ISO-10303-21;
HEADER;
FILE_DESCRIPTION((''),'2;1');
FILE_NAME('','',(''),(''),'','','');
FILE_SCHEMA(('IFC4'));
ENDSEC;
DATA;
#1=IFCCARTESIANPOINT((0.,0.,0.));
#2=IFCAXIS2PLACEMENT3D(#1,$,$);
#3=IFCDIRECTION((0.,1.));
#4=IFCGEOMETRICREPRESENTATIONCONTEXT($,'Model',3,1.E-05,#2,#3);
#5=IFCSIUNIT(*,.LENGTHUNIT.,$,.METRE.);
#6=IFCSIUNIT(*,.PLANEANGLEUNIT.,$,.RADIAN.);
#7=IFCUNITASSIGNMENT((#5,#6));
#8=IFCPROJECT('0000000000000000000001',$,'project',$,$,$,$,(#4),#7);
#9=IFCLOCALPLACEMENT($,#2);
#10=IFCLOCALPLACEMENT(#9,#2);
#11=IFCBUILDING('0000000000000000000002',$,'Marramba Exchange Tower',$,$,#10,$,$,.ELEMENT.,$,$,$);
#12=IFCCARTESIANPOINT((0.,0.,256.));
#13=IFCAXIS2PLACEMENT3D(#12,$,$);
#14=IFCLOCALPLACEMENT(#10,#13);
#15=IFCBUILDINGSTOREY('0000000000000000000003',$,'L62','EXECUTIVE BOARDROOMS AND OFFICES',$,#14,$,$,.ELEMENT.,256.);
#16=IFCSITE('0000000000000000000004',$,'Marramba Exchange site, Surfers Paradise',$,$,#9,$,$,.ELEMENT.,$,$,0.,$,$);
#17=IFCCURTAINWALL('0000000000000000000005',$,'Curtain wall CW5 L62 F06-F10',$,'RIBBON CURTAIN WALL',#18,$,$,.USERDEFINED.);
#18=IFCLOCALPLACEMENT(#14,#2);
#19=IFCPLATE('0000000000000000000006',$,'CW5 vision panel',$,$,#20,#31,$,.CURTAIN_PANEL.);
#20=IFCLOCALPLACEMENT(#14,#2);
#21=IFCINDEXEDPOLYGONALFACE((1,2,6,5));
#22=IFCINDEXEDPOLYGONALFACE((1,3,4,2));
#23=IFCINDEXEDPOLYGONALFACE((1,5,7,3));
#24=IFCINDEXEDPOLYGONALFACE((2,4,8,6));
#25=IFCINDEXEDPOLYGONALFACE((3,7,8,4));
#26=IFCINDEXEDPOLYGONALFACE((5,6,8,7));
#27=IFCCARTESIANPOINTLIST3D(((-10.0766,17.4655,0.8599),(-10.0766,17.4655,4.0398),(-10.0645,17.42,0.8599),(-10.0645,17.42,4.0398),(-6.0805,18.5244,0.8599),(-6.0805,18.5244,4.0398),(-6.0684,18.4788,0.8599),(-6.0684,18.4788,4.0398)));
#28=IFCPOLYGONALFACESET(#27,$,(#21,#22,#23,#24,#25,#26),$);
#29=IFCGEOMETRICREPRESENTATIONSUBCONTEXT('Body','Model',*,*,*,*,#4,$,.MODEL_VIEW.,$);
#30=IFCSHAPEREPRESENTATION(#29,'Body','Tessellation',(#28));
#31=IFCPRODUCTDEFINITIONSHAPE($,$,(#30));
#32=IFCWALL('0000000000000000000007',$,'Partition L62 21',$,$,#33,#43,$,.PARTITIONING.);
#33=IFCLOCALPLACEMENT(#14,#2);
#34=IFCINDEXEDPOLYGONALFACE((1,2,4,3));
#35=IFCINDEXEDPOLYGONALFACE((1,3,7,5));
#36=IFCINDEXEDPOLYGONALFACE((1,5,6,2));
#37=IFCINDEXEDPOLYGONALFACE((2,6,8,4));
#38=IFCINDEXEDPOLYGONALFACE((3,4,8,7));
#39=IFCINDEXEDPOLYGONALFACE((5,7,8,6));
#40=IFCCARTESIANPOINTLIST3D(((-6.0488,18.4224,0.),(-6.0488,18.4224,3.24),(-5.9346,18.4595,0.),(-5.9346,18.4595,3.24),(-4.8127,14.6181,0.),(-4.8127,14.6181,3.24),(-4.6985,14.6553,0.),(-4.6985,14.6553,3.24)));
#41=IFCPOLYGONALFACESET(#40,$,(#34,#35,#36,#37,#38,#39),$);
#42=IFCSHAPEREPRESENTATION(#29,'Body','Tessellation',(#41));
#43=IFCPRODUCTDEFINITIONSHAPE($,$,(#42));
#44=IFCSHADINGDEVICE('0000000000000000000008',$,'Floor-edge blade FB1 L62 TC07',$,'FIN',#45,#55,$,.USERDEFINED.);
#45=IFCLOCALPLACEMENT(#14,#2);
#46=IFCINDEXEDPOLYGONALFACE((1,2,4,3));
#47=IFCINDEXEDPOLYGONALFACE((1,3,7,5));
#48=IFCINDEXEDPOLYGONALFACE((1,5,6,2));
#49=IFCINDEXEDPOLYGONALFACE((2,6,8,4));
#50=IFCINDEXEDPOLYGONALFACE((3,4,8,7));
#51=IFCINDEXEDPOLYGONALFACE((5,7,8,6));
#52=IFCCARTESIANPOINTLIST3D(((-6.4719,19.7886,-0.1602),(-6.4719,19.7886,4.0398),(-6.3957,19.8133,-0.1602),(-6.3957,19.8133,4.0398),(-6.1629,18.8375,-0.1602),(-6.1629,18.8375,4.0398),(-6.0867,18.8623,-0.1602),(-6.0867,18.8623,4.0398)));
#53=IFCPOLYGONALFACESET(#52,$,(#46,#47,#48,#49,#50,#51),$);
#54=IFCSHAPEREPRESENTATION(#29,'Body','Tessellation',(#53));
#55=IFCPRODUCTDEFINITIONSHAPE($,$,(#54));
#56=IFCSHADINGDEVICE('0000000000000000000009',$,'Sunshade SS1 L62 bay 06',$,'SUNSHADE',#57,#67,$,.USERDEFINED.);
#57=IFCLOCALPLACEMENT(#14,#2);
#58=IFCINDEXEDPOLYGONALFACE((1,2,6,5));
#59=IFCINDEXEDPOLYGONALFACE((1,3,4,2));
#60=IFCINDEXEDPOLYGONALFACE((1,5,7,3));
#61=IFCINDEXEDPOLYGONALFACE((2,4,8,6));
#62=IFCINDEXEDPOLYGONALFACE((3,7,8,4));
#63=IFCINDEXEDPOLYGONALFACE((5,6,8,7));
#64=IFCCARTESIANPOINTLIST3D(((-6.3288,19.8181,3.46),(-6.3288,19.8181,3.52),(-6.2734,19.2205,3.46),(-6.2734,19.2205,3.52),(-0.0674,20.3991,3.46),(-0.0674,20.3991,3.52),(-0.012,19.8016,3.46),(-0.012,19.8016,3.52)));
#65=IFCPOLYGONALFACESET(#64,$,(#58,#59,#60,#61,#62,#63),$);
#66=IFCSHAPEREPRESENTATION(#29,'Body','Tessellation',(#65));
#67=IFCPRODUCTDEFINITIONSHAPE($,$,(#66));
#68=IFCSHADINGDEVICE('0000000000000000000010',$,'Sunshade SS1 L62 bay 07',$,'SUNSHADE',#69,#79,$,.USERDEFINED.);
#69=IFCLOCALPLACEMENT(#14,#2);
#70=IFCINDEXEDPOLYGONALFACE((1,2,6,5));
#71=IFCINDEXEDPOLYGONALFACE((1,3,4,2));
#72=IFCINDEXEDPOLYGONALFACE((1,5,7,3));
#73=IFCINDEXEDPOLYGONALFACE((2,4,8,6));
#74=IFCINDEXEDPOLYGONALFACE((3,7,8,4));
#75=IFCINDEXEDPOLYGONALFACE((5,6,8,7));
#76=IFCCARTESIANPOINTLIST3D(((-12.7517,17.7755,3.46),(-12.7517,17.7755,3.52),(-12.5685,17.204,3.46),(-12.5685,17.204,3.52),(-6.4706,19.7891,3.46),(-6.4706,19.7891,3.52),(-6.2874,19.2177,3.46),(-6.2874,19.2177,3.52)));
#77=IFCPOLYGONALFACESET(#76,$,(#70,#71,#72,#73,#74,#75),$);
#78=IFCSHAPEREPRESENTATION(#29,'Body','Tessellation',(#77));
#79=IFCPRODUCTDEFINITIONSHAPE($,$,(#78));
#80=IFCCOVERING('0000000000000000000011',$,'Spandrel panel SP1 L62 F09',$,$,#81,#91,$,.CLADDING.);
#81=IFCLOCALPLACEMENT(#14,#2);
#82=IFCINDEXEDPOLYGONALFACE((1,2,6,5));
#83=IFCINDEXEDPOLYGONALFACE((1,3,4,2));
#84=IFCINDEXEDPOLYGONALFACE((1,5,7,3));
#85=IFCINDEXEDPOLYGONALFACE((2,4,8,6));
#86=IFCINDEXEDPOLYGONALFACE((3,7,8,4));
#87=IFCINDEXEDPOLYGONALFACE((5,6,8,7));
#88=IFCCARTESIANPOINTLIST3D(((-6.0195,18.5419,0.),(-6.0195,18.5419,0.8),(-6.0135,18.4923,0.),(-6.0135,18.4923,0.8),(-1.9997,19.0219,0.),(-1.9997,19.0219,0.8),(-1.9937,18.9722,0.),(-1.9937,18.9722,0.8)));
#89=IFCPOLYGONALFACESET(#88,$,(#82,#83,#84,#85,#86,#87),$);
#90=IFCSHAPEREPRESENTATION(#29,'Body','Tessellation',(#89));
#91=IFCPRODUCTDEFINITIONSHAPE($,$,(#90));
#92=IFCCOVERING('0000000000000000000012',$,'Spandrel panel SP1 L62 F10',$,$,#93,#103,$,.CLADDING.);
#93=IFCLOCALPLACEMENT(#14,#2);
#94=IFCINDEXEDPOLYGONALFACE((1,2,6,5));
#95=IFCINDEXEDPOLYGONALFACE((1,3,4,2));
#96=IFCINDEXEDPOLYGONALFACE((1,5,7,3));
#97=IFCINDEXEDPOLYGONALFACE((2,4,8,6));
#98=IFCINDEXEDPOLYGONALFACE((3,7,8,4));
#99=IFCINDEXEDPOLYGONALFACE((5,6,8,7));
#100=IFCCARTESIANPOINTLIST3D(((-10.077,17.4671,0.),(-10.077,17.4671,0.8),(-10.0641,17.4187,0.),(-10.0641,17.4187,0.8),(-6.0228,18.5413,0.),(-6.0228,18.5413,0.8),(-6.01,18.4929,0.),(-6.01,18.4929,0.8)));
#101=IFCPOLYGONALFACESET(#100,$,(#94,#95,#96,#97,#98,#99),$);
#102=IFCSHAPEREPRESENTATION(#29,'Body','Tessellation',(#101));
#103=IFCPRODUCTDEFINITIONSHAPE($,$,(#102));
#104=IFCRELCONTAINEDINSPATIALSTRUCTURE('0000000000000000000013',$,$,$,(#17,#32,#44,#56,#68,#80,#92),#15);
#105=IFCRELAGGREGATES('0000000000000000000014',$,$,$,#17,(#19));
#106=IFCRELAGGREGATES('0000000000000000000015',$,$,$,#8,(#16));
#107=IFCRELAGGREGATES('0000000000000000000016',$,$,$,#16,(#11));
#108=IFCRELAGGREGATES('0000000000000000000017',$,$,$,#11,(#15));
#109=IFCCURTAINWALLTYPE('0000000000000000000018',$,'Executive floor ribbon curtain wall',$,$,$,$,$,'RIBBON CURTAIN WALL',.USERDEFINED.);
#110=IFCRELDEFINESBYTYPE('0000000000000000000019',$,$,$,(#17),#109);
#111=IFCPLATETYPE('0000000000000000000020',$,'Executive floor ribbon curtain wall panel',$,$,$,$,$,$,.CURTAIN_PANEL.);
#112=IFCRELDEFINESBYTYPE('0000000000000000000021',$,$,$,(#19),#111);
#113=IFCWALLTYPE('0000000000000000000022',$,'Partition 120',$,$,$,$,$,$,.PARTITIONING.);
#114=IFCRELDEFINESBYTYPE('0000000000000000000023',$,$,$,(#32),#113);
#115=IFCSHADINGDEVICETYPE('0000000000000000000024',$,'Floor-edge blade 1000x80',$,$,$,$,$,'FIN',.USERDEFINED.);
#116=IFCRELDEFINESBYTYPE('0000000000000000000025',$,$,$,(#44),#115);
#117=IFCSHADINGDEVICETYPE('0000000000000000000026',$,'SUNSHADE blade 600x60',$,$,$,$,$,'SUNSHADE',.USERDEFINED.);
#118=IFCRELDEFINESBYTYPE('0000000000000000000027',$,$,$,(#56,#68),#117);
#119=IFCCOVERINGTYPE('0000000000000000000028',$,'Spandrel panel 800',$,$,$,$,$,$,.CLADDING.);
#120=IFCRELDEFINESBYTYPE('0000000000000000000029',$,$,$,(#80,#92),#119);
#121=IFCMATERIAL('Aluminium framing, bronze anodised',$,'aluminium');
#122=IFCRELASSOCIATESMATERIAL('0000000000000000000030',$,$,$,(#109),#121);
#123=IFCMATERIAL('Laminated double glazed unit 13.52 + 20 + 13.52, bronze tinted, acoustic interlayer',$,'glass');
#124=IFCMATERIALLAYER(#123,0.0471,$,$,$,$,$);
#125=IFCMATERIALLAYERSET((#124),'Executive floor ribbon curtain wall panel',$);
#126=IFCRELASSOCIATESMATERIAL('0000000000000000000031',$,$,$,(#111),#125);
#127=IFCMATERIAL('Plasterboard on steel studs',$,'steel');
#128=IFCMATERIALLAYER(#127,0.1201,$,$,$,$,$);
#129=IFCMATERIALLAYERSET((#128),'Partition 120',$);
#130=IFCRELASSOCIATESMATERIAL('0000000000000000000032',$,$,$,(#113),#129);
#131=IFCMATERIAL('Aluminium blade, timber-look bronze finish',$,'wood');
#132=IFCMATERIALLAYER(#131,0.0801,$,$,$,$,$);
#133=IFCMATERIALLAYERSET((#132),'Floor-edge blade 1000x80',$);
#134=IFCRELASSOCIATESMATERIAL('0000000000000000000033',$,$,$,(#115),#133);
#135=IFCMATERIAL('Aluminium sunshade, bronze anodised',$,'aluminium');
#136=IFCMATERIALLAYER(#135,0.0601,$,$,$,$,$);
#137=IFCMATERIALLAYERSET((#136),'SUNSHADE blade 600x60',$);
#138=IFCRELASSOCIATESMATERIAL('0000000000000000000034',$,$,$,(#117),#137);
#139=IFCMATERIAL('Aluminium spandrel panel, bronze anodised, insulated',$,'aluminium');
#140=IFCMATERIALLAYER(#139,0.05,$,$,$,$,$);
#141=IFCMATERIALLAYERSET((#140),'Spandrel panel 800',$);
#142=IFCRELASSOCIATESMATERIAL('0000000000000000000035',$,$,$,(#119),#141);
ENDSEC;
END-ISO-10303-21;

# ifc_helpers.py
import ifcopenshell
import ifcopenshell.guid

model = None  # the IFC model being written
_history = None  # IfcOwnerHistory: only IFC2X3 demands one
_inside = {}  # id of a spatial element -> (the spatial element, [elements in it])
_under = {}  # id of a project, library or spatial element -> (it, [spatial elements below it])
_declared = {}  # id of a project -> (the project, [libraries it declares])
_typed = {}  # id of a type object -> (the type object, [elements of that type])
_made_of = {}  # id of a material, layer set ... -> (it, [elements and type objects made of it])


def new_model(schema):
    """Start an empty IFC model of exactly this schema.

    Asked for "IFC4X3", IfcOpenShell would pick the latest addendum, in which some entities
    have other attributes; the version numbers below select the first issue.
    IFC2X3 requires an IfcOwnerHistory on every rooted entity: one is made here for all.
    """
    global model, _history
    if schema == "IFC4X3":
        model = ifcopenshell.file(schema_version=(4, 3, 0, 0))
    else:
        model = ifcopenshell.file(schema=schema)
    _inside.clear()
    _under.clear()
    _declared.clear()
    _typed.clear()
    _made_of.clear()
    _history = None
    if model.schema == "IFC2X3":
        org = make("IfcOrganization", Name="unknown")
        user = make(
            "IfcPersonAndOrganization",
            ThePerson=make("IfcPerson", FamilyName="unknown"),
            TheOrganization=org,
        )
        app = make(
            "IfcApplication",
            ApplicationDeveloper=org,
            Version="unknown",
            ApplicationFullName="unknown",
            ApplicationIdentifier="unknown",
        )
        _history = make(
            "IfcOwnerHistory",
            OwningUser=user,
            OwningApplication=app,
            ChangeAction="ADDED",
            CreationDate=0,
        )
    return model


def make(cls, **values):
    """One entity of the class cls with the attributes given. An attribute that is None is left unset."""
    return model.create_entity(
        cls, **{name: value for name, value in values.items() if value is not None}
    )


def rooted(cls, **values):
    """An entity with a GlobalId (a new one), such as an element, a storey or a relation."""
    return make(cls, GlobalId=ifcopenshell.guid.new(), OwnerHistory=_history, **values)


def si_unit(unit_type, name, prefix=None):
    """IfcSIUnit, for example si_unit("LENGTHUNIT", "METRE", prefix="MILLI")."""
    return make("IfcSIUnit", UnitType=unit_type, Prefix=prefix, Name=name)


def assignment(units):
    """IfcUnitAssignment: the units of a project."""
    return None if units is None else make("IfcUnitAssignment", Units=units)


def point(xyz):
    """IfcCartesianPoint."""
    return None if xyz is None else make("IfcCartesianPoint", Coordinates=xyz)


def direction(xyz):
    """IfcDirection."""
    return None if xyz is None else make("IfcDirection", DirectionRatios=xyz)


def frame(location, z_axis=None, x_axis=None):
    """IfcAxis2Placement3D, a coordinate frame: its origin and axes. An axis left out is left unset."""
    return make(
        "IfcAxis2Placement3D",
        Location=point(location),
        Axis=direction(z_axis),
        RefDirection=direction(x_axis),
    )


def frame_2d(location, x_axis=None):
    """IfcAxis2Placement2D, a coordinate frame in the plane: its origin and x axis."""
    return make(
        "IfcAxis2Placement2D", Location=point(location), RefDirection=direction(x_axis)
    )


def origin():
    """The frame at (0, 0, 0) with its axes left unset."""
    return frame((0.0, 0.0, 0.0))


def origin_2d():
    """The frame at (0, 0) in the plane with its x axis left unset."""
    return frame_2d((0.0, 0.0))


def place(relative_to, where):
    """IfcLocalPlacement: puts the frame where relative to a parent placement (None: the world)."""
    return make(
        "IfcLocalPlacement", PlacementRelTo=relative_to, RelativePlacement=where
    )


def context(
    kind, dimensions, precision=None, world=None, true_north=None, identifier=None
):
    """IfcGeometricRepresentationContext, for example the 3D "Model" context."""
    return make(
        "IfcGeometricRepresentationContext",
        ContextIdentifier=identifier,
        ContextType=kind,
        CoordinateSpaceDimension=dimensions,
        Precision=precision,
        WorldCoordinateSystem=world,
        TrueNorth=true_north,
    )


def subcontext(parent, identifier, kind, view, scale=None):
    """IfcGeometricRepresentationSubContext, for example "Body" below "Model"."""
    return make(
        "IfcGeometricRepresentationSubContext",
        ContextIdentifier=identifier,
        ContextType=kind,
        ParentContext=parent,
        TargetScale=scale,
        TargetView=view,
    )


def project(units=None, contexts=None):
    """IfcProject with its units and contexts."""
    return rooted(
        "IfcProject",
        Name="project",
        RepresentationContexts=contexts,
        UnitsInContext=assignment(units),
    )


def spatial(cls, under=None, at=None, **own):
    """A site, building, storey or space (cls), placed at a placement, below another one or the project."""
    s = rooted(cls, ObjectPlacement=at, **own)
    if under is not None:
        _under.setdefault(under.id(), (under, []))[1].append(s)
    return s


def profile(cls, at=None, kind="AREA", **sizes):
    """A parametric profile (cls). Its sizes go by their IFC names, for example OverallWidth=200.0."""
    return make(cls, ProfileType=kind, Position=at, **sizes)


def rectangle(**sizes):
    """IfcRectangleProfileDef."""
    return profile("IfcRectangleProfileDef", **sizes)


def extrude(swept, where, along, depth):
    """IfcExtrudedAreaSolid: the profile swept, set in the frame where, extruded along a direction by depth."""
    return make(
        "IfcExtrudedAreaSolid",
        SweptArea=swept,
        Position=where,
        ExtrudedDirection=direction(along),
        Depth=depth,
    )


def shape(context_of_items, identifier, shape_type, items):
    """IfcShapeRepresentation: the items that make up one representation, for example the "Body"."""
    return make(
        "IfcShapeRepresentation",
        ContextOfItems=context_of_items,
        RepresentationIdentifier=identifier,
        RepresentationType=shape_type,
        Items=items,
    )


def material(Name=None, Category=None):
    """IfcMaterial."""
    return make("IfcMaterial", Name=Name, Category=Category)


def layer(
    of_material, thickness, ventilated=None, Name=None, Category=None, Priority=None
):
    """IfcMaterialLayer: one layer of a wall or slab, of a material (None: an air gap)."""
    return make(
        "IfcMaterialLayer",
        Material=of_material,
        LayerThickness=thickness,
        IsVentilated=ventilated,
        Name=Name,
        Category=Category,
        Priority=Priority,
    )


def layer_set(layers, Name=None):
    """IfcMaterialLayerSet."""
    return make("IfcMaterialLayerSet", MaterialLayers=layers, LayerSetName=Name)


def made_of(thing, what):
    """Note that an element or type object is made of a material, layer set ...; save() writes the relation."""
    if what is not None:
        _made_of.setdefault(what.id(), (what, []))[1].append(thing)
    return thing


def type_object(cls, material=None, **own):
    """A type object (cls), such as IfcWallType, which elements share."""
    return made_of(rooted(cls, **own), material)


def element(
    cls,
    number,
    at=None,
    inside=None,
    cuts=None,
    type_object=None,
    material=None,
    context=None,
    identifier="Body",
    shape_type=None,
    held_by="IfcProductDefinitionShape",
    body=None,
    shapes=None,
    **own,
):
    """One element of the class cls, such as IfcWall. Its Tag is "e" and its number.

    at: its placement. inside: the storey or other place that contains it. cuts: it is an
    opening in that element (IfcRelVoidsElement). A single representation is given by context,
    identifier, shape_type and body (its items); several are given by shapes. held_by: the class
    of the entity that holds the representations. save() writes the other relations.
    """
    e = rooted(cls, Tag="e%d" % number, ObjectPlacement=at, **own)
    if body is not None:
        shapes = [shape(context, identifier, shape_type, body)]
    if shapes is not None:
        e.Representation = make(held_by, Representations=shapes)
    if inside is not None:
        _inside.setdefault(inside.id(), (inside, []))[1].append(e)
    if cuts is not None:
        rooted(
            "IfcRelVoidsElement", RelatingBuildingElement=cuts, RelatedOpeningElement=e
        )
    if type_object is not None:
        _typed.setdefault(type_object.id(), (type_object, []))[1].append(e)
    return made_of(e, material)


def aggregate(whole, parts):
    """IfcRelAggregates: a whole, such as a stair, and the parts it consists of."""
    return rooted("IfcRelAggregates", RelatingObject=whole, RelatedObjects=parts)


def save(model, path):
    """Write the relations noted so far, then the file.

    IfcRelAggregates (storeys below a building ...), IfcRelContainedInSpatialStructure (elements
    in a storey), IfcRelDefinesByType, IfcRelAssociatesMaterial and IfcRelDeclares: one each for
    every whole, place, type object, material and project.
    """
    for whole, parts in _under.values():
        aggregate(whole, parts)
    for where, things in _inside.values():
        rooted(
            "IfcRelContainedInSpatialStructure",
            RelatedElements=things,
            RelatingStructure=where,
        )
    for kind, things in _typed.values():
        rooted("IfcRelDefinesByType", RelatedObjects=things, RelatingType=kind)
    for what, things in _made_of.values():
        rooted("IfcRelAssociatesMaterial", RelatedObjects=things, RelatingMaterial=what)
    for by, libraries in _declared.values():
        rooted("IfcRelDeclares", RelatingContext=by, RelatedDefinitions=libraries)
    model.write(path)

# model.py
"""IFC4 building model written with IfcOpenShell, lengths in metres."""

from ifc_helpers import new_model, si_unit, direction, frame, frame_2d, origin, origin_2d, place, context, subcontext, project, spatial, rectangle, extrude, material, layer, layer_set, type_object, element, aggregate, save


model = new_model("IFC4")

# Units and contexts
model_context = context("Model", 3, precision=1e-05, world=origin(), true_north=direction((0.0, 1.0)))
body_context = subcontext(model_context, "Body", "Model", "MODEL_VIEW")
ifc_project = project(units=[si_unit("LENGTHUNIT", "METRE"), si_unit("PLANEANGLEUNIT", "RADIAN")], contexts=[model_context])

# Site, building, storey
site_placement = place(None, origin())
site = spatial("IfcSite", under=ifc_project, at=site_placement, Name="Marramba Exchange site, Surfers Paradise", CompositionType="ELEMENT", RefElevation=0.0)
building_placement = place(site_placement, origin())
building = spatial("IfcBuilding", under=site, at=building_placement, Name="Marramba Exchange Tower", CompositionType="ELEMENT")
storey_placement = place(building_placement, frame((0.0, 0.0, 256.0)))
storey = spatial("IfcBuildingStorey", under=building, at=storey_placement, Name="L62", Description="EXECUTIVE BOARDROOMS AND OFFICES", CompositionType="ELEMENT", Elevation=256.0)

# Curtain wall
ifc_material_1 = material(Name="Aluminium framing, bronze anodised", Category="aluminium")
curtain_wall_type = type_object("IfcCurtainWallType", Name="Executive floor ribbon curtain wall", ElementType="RIBBON CURTAIN WALL", PredefinedType="USERDEFINED", material=ifc_material_1)
curtain_wall_1_placement = place(storey_placement, origin())
curtain_wall_1 = element("IfcCurtainWall", 1, at=curtain_wall_1_placement, inside=storey, type_object=curtain_wall_type, Name="Curtain wall CW5 L62 F06-F10", ObjectType="RIBBON CURTAIN WALL", PredefinedType="USERDEFINED")

# Plate
ifc_material_2 = material(Name="Laminated double glazed unit 13.52 + 20 + 13.52, bronze tinted, acoustic interlayer", Category="glass")
ifc_layer_1 = layer(ifc_material_2, 0.0471)
ifc_layer_set_1 = layer_set([ifc_layer_1], Name="Executive floor ribbon curtain wall panel")
plate_type = type_object("IfcPlateType", Name="Executive floor ribbon curtain wall panel", PredefinedType="CURTAIN_PANEL", material=ifc_layer_set_1)
plate_1_placement = place(storey_placement, frame((-8.0725, 17.9722, 0.8599), z_axis=(0.0, 0.0, 1.0), x_axis=(-0.966644, -0.256126, 0.0)))
plate_1 = element("IfcPlate", 2, at=plate_1_placement, type_object=plate_type, Name="CW5 vision panel", PredefinedType="CURTAIN_PANEL", context=body_context, shape_type="SweptSolid", body=[
    extrude(rectangle(XDim=4.134, YDim=0.0471, at=origin_2d()), origin(), (0.0, 0.0, 1.0), 3.1799),
])
aggregate(curtain_wall_1, [plate_1])

# Wall
ifc_material_3 = material(Name="Plasterboard on steel studs", Category="steel")
ifc_layer_2 = layer(ifc_material_3, 0.1201)
ifc_layer_set_2 = layer_set([ifc_layer_2], Name="Partition 120")
wall_type = type_object("IfcWallType", Name="Partition 120", PredefinedType="PARTITIONING", material=ifc_layer_set_2)
wall_placement = place(storey_placement, frame((-5.9917, 18.4409, 0.0), z_axis=(0.0, 0.0, 1.0), x_axis=(0.309023, -0.951055, 0.0)))
element("IfcWall", 3, at=wall_placement, inside=storey, type_object=wall_type, Name="Partition L62 21", PredefinedType="PARTITIONING", context=body_context, shape_type="SweptSolid", body=[
    extrude(rectangle(XDim=4.0, YDim=0.1201, at=frame_2d((2.0, 0.0))), origin(), (0.0, 0.0, 1.0), 3.24),
])

# Shading devices
ifc_material_4 = material(Name="Aluminium blade, timber-look bronze finish", Category="wood")
ifc_layer_3 = layer(ifc_material_4, 0.0801)
ifc_layer_set_3 = layer_set([ifc_layer_3], Name="Floor-edge blade 1000x80")
shading_device_type_1 = type_object("IfcShadingDeviceType", Name="Floor-edge blade 1000x80", ElementType="FIN", PredefinedType="USERDEFINED", material=ifc_layer_set_3)
shading_device_1_placement = place(storey_placement, frame((-6.2793, 19.3254, -0.1602), z_axis=(0.0, 0.0, 1.0), x_axis=(-0.309017, 0.951057, 0.0)))
element("IfcShadingDevice", 4, at=shading_device_1_placement, inside=storey, type_object=shading_device_type_1, Name="Floor-edge blade FB1 L62 TC07", ObjectType="FIN", PredefinedType="USERDEFINED", context=body_context, shape_type="SweptSolid", body=[
    extrude(rectangle(XDim=1.0, YDim=0.0801, at=origin_2d()), origin(), (0.0, 0.0, 1.0), 4.2),
])
ifc_material_5 = material(Name="Aluminium sunshade, bronze anodised", Category="aluminium")
ifc_layer_4 = layer(ifc_material_5, 0.0601)
ifc_layer_set_4 = layer_set([ifc_layer_4], Name="SUNSHADE blade 600x60")
shading_device_type_2 = type_object("IfcShadingDeviceType", Name="SUNSHADE blade 600x60", ElementType="SUNSHADE", PredefinedType="USERDEFINED", material=ifc_layer_set_4)
shading_device_2_placement = place(storey_placement, frame((-3.1704, 19.8098, 3.46), z_axis=(0.0, 0.0, 1.0), x_axis=(-0.995722, -0.092397, 0.0)))
element("IfcShadingDevice", 5, at=shading_device_2_placement, inside=storey, type_object=shading_device_type_2, Name="Sunshade SS1 L62 bay 06", ObjectType="SUNSHADE", PredefinedType="USERDEFINED", context=body_context, shape_type="SweptSolid", body=[
    extrude(rectangle(XDim=6.2883, YDim=0.6001, at=origin_2d()), origin(), (0.0, 0.0, 1.0), 0.0601),
])
shading_device_3_placement = place(storey_placement, frame((-9.5195, 18.4966, 3.46), z_axis=(0.0, 0.0, 1.0), x_axis=(-0.95226, -0.305289, 0.0)))
element("IfcShadingDevice", 6, at=shading_device_3_placement, inside=storey, type_object=shading_device_type_2, Name="Sunshade SS1 L62 bay 07", ObjectType="SUNSHADE", PredefinedType="USERDEFINED", context=body_context, shape_type="SweptSolid", body=[
    extrude(rectangle(XDim=6.5959, YDim=0.6001, at=origin_2d()), origin(), (0.0, 0.0, 1.0), 0.0601),
])

# Coverings
ifc_material_6 = material(Name="Aluminium spandrel panel, bronze anodised, insulated", Category="aluminium")
ifc_layer_5 = layer(ifc_material_6, 0.05)
ifc_layer_set_5 = layer_set([ifc_layer_5], Name="Spandrel panel 800")
covering_type = type_object("IfcCoveringType", Name="Spandrel panel 800", PredefinedType="CLADDING", material=ifc_layer_set_5)
covering_1_placement = place(storey_placement, frame((-4.0066, 18.7571, 0.0), z_axis=(0.0, 0.0, 1.0), x_axis=(-0.992947, -0.118557, 0.0)))
element("IfcCovering", 7, at=covering_1_placement, inside=storey, type_object=covering_type, Name="Spandrel panel SP1 L62 F09", PredefinedType="CLADDING", context=body_context, shape_type="SweptSolid", body=[
    extrude(rectangle(XDim=4.0483, YDim=0.05, at=origin_2d()), origin(), (0.0, 0.0, 1.0), 0.8),
])
covering_2_placement = place(storey_placement, frame((-8.0435, 17.98, 0.0), z_axis=(0.0, 0.0, 1.0), x_axis=(-0.966644, -0.256126, 0.0)))
element("IfcCovering", 8, at=covering_2_placement, inside=storey, type_object=covering_type, Name="Spandrel panel SP1 L62 F10", PredefinedType="CLADDING", context=body_context, shape_type="SweptSolid", body=[
    extrude(rectangle(XDim=4.1941, YDim=0.05, at=origin_2d()), origin(), (0.0, 0.0, 1.0), 0.8),
])

save(model, "model.ifc")
